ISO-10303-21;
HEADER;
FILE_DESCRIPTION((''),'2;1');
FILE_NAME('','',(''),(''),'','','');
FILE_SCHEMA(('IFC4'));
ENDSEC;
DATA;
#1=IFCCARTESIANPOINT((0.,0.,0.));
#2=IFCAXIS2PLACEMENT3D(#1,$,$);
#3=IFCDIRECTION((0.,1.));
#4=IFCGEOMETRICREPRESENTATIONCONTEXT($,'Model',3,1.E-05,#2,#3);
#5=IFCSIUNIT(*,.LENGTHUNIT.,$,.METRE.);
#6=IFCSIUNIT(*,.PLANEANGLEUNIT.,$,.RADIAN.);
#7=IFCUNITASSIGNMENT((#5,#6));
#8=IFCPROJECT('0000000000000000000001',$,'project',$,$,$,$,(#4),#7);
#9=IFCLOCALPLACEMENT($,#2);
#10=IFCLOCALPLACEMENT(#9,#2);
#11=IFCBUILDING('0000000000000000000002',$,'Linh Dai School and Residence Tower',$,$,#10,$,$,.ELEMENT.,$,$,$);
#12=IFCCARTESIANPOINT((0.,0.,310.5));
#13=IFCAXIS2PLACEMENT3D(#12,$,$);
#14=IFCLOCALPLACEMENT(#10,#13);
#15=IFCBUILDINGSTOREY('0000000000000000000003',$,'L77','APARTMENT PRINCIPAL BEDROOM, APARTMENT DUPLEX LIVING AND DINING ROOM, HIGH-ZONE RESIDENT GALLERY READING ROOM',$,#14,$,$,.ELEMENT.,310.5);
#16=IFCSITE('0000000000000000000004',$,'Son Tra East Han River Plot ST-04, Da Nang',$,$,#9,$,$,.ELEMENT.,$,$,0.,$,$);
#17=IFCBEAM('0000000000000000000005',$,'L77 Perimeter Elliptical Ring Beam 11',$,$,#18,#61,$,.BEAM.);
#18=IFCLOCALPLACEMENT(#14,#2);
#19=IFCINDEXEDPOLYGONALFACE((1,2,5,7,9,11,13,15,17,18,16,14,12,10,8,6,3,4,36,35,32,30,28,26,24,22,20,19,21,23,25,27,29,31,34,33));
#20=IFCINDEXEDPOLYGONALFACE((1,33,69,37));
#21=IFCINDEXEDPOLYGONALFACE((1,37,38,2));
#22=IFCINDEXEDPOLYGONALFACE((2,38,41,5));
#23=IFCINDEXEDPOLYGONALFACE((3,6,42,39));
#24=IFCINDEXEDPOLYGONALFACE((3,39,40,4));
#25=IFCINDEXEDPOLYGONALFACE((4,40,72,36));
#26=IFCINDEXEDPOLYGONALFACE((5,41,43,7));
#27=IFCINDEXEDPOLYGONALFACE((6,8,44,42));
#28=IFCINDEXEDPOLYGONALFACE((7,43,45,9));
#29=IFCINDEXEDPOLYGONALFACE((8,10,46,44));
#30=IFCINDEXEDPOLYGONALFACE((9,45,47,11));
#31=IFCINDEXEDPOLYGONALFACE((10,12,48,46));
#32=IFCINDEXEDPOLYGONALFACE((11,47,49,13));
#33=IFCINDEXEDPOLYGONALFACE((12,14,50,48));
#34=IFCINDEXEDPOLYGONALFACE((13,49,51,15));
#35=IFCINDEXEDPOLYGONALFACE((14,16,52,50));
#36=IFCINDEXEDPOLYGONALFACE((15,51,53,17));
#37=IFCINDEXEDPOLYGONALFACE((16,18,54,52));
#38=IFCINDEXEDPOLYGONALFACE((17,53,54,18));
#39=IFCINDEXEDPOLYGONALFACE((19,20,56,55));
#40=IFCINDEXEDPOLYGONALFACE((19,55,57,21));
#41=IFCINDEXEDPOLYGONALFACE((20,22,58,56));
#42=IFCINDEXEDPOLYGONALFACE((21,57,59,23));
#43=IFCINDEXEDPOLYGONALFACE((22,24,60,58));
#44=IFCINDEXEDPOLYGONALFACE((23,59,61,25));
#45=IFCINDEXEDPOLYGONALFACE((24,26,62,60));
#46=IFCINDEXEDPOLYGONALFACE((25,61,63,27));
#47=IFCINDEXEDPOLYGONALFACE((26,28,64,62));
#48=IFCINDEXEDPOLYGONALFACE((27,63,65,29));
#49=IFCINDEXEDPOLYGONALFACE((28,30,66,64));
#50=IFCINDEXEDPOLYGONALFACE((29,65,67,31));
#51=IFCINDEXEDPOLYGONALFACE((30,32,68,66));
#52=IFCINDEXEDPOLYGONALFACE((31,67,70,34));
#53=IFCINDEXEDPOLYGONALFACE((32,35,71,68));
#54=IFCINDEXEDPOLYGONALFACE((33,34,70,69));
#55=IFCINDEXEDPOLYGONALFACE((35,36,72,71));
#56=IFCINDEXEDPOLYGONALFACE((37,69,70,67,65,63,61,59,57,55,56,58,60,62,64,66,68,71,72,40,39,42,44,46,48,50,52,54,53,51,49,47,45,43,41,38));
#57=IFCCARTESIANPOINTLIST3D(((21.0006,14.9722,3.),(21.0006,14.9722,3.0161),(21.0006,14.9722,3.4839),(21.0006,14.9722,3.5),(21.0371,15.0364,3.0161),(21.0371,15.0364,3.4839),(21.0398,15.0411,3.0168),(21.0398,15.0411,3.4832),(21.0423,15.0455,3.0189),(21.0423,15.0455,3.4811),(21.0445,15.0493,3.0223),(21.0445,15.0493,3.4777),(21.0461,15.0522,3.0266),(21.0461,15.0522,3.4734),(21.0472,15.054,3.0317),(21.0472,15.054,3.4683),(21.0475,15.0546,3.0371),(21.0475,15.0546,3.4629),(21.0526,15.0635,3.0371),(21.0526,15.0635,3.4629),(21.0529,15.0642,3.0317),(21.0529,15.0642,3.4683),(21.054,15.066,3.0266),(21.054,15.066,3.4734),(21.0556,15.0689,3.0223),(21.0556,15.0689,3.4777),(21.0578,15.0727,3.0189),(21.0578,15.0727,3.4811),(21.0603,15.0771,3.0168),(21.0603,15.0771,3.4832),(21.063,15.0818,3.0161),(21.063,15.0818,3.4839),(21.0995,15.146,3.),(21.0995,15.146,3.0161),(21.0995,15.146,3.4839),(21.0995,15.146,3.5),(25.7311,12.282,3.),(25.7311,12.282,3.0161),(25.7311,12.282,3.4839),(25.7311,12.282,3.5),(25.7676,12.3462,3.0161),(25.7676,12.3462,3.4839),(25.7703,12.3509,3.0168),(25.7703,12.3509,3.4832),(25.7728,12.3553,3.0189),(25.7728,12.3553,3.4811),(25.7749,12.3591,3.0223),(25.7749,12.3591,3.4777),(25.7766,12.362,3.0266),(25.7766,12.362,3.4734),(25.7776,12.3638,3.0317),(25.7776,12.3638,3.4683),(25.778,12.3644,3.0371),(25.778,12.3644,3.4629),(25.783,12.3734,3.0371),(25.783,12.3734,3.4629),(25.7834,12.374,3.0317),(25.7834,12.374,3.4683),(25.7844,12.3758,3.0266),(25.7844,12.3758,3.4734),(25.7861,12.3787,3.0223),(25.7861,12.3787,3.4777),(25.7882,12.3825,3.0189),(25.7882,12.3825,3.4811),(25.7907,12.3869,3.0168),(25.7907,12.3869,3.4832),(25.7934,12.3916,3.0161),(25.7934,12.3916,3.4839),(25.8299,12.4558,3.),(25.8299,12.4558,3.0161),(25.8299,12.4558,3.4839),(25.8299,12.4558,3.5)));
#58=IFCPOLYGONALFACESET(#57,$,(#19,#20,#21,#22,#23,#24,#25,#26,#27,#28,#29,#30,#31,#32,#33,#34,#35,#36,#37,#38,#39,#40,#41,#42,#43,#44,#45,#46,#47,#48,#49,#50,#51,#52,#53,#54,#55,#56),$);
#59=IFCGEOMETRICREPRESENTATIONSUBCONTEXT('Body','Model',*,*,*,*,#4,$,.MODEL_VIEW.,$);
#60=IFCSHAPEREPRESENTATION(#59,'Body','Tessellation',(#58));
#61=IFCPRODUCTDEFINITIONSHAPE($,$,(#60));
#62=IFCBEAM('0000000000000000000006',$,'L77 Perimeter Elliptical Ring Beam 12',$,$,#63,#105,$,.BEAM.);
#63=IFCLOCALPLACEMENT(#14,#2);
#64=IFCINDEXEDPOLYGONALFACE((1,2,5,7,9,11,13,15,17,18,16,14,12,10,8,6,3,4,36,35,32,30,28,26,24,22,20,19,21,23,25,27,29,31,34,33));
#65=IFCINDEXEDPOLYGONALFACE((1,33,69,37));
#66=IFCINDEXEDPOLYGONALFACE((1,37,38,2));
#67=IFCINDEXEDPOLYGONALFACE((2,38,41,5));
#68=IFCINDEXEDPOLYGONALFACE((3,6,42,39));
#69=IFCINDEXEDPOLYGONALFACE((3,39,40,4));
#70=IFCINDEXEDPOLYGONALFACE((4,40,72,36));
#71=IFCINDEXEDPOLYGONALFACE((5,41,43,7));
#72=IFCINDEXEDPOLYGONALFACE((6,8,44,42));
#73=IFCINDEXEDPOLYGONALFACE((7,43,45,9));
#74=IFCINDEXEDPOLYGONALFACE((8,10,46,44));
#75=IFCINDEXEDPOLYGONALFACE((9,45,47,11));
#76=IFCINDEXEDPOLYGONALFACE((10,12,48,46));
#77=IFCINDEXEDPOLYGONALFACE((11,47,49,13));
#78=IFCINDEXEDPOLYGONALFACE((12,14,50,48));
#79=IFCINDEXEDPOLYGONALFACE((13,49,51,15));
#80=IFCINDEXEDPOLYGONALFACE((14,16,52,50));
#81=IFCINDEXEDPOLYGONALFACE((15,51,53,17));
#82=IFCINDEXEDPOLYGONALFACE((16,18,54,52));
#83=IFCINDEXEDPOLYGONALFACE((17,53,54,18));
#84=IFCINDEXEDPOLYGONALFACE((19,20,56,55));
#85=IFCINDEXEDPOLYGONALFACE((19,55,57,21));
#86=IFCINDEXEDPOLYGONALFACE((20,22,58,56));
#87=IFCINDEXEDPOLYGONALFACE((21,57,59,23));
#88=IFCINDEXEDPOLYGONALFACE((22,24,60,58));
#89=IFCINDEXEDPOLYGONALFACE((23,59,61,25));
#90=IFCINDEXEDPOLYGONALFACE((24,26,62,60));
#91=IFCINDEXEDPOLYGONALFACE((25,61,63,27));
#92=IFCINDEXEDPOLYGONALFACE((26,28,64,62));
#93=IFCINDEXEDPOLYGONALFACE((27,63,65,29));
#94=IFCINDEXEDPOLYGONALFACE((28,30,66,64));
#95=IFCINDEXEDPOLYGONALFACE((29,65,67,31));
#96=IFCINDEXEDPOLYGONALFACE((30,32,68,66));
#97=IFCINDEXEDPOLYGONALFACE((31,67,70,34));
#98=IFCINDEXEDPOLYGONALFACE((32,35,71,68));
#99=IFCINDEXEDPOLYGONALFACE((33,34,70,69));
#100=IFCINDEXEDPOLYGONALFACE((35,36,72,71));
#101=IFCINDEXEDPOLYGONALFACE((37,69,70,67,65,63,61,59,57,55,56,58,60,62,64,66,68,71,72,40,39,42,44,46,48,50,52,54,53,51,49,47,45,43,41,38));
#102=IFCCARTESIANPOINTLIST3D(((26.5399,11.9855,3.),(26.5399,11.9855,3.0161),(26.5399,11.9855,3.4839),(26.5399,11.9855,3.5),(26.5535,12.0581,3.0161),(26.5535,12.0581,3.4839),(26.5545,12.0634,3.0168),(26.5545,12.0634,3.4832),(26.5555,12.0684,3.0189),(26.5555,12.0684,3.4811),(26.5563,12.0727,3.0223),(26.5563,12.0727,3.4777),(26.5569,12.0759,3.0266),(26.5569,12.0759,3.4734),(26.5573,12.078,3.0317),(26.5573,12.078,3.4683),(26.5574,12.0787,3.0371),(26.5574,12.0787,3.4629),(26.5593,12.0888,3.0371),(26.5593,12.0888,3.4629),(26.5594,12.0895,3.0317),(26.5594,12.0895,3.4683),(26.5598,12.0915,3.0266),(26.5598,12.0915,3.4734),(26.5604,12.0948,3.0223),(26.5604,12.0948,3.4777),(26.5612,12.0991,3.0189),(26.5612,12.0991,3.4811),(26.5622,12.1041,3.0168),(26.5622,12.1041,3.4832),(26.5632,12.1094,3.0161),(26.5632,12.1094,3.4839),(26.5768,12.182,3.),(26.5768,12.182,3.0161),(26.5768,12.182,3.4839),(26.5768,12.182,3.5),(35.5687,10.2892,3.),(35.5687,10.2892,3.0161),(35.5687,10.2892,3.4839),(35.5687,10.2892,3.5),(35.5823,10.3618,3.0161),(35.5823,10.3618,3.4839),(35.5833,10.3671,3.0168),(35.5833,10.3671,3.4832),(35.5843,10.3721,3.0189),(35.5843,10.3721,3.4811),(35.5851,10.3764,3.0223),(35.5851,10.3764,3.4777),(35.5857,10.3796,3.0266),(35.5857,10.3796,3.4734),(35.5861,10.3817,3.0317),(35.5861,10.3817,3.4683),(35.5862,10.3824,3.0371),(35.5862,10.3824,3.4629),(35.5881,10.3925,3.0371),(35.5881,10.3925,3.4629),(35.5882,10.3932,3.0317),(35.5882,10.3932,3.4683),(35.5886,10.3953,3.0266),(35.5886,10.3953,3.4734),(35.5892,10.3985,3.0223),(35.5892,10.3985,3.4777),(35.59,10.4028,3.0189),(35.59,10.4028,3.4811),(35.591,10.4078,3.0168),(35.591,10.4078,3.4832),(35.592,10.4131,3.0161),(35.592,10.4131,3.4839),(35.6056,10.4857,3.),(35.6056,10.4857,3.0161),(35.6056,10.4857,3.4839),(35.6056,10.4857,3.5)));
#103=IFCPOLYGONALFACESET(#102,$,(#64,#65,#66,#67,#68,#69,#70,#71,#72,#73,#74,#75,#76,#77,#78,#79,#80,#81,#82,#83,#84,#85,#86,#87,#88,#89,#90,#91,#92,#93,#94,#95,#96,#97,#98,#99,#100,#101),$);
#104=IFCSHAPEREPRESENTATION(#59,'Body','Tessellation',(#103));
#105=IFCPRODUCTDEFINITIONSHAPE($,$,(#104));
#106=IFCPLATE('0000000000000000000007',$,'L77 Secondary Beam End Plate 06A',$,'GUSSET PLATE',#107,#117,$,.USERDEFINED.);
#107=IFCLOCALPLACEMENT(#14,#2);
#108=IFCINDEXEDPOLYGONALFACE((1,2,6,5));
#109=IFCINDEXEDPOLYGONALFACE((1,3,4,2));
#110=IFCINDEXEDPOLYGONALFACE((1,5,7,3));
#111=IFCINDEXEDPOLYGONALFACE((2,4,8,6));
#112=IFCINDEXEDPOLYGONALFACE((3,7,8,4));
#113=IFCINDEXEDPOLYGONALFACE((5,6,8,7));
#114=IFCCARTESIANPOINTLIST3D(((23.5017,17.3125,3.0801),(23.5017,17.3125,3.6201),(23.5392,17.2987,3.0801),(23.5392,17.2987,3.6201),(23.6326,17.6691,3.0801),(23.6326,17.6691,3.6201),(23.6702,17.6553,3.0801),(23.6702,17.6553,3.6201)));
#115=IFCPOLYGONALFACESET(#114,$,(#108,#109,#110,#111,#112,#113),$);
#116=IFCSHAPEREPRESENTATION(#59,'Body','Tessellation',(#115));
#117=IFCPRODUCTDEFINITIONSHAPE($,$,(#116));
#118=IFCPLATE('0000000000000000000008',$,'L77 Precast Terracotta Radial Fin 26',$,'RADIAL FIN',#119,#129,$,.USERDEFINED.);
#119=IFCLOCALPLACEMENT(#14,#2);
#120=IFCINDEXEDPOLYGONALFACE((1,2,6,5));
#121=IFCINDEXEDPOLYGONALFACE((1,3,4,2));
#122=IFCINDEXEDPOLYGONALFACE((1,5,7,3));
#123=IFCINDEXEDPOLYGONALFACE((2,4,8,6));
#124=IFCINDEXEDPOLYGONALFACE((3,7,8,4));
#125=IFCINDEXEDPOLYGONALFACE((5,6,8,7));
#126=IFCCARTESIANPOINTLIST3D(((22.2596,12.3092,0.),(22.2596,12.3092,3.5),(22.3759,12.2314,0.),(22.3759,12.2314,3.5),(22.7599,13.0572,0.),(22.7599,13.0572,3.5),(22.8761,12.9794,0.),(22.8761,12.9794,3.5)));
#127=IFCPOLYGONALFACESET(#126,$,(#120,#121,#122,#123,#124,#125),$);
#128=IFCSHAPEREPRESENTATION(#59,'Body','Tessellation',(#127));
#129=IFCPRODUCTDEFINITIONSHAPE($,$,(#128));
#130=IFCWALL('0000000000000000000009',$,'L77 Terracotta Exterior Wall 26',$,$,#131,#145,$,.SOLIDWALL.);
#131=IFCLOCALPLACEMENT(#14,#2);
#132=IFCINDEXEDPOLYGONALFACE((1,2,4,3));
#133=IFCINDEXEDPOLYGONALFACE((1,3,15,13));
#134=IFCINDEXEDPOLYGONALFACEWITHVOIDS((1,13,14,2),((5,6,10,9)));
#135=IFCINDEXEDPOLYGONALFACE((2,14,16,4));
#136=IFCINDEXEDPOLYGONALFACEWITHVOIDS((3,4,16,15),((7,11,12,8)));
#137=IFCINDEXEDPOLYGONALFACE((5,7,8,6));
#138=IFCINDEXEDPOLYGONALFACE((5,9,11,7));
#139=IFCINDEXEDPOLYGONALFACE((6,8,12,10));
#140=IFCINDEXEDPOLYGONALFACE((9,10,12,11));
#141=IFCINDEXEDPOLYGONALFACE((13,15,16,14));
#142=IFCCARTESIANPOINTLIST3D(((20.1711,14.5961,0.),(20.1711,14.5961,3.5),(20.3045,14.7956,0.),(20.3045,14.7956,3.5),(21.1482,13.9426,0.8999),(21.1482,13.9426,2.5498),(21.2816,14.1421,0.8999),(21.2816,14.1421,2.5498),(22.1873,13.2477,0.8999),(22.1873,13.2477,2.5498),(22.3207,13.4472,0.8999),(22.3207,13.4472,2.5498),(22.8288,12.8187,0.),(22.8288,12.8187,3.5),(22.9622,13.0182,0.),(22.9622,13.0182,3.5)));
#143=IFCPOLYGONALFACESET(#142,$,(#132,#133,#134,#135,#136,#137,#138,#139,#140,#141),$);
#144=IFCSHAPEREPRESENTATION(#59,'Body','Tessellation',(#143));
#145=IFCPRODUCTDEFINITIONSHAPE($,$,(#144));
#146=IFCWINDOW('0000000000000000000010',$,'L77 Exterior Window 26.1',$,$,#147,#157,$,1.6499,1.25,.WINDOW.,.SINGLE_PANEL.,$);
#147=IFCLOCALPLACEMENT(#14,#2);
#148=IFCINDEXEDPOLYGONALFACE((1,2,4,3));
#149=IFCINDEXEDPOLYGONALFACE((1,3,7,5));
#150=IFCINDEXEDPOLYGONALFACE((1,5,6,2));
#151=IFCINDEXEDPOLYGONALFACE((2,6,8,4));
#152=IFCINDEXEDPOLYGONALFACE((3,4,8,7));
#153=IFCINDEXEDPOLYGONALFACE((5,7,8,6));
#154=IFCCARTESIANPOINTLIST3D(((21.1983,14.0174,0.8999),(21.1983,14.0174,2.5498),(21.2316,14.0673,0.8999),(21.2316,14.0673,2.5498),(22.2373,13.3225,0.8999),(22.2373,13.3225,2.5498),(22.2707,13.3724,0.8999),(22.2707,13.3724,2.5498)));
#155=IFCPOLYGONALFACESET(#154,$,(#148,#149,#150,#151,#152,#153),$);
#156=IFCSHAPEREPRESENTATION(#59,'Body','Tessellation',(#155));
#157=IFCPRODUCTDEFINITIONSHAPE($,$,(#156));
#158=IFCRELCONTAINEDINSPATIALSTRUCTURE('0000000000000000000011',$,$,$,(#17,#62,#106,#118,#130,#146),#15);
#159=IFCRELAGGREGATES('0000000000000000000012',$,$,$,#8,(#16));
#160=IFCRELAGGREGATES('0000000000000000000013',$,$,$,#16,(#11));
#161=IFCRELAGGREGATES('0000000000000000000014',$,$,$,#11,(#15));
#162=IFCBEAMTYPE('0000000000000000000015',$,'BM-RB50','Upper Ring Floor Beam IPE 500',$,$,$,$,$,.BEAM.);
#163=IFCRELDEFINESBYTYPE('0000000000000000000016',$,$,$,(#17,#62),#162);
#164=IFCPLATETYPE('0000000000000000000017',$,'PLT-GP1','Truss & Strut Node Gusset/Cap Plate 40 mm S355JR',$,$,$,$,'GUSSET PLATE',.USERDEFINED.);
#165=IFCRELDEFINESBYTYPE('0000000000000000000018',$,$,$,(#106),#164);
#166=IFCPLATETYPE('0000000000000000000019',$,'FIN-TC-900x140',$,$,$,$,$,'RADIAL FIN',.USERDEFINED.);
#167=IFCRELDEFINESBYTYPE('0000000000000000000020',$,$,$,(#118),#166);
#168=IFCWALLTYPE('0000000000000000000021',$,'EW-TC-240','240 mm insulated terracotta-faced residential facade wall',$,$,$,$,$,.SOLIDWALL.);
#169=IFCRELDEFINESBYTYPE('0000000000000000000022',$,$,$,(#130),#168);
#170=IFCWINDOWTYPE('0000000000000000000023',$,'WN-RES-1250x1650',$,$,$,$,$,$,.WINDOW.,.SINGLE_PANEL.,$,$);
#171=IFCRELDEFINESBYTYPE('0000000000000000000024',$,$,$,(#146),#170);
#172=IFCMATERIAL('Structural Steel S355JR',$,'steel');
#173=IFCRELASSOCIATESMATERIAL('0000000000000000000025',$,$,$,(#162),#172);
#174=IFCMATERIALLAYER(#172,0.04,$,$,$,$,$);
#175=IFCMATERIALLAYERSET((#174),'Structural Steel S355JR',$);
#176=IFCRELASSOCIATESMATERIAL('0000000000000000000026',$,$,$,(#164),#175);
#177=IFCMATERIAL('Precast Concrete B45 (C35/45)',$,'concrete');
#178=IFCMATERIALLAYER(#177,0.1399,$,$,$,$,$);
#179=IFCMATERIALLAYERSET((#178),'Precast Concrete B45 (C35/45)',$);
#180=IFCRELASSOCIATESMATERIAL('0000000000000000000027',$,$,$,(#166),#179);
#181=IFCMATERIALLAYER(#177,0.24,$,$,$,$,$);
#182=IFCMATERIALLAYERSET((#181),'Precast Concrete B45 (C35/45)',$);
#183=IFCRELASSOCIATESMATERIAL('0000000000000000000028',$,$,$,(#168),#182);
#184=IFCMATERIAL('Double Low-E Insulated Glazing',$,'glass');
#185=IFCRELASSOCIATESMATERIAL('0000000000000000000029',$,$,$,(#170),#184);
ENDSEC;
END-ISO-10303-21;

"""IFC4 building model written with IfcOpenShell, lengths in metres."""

from ifc_helpers import new_model, si_unit, direction, frame, frame_2d, origin, origin_2d, place, context, subcontext, project, spatial, rectangle, i_section, extrude, source, transform, mapped, material, layer, layer_set, material_profile, profile_set, type_object, element, fill, save


model = new_model("IFC4")

# Units and contexts
model_context = context("Model", 3, precision=1e-05, world=origin(), true_north=direction((0.0, 1.0)))
body_context = subcontext(model_context, "Body", "Model", "MODEL_VIEW")
ifc_project = project(units=[si_unit("LENGTHUNIT", "METRE"), si_unit("PLANEANGLEUNIT", "RADIAN")], contexts=[model_context])

# Site, building, storey
site_placement = place(None, origin())
site = spatial("IfcSite", under=ifc_project, at=site_placement, Name="Son Tra East Han River Plot ST-04, Da Nang", CompositionType="ELEMENT", RefElevation=0.0)
building_placement = place(site_placement, origin())
building = spatial("IfcBuilding", under=site, at=building_placement, Name="Linh Dai School and Residence Tower", CompositionType="ELEMENT")
storey_placement = place(building_placement, frame((0.0, 0.0, 310.5)))
storey = spatial("IfcBuildingStorey", under=building, at=storey_placement, Name="L77", Description="APARTMENT PRINCIPAL BEDROOM, APARTMENT DUPLEX LIVING AND DINING ROOM, HIGH-ZONE RESIDENT GALLERY READING ROOM", CompositionType="ELEMENT", Elevation=310.5)

# Shared definitions
ifc_material_1 = material(Name="Structural Steel S355JR", Category="steel")

# Beams
ifc_material_profile_1 = material_profile(ifc_material_1, i_section(OverallWidth=0.2, OverallDepth=0.5, WebThickness=0.0103, FlangeThickness=0.0161, FilletRadius=0.021, at=origin_2d()), Name="IPE 500")
ifc_profile_set_1 = profile_set([ifc_material_profile_1], Name="Structural Steel S355JR")
beam_type_1 = type_object("IfcBeamType", Name="BM-RB50", Description="Upper Ring Floor Beam IPE 500", PredefinedType="BEAM", material=ifc_profile_set_1)
beam_1_placement = place(storey_placement, frame((21.05, 15.0591, 3.25), z_axis=(0.869266, -0.494345, 0.0), x_axis=(0.494345, 0.869266, 0.0)))
element("IfcBeam", 1, at=beam_1_placement, inside=storey, type_object=beam_type_1, Name="L77 Perimeter Elliptical Ring Beam 11", PredefinedType="BEAM", context=body_context, shape_type="SweptSolid", body=[
    extrude(i_section(OverallWidth=0.2, OverallDepth=0.5, WebThickness=0.0103, FlangeThickness=0.0161, FilletRadius=0.021, at=origin_2d()), origin(), (0.0, 0.0, 1.0), 5.4419),
])
beam_2_placement = place(storey_placement, frame((26.5583, 12.0837, 3.25), z_axis=(0.982805, -0.184645, 0.0), x_axis=(0.184645, 0.982805, 0.0)))
element("IfcBeam", 2, at=beam_2_placement, inside=storey, type_object=beam_type_1, Name="L77 Perimeter Elliptical Ring Beam 12", PredefinedType="BEAM", context=body_context, shape_type="SweptSolid", body=[
    extrude(i_section(OverallWidth=0.2, OverallDepth=0.5, WebThickness=0.0103, FlangeThickness=0.0161, FilletRadius=0.021, at=origin_2d()), origin(), (0.0, 0.0, 1.0), 9.1868),
])

# Plates
ifc_layer_1 = layer(ifc_material_1, 0.04)
ifc_layer_set_1 = layer_set([ifc_layer_1], Name="Structural Steel S355JR")
plate_type_1 = type_object("IfcPlateType", Name="PLT-GP1", Description="Truss & Strut Node Gusset/Cap Plate 40 mm S355JR", ElementType="GUSSET PLATE", PredefinedType="USERDEFINED", material=ifc_layer_set_1)
shared_shape_1 = source(origin(), body_context, "Body", "SweptSolid", [
    extrude(rectangle(XDim=0.04, YDim=0.3799, at=origin_2d()), origin(), (0.0, 0.0, 1.0), 0.54),
])
plate_1_placement = place(storey_placement, frame((23.5859, 17.4839, 3.0801), z_axis=(0.0, 0.0, 1.0), x_axis=(0.938695, -0.344748, 0.0)))
element("IfcPlate", 3, at=plate_1_placement, inside=storey, type_object=plate_type_1, Name="L77 Secondary Beam End Plate 06A", ObjectType="GUSSET PLATE", PredefinedType="USERDEFINED", context=body_context, shape_type="MappedRepresentation", body=[
    mapped(shared_shape_1, transform((0.0, 0.0, 0.0), x_axis=(1.0, 0.0, 0.0), y_axis=(0.0, 1.0, 0.0), z_axis=(0.0, 0.0, 1.0), scale=1.0)),
])
ifc_material_2 = material(Name="Precast Concrete B45 (C35/45)", Category="concrete")
ifc_layer_2 = layer(ifc_material_2, 0.1399)
ifc_layer_set_2 = layer_set([ifc_layer_2], Name="Precast Concrete B45 (C35/45)")
plate_type_2 = type_object("IfcPlateType", Name="FIN-TC-900x140", ElementType="RADIAL FIN", PredefinedType="USERDEFINED", material=ifc_layer_set_2)
shared_shape_2 = source(origin(), body_context, "Body", "SweptSolid", [
    extrude(rectangle(XDim=0.8999, YDim=0.1399, at=origin_2d()), origin(), (0.0, 0.0, 1.0), 3.5),
])
plate_2_placement = place(storey_placement, frame((22.5679, 12.6443, 0.0), z_axis=(0.0, 0.0, 1.0), x_axis=(-0.555906, -0.831245, 0.0)))
element("IfcPlate", 4, at=plate_2_placement, inside=storey, type_object=plate_type_2, Name="L77 Precast Terracotta Radial Fin 26", ObjectType="RADIAL FIN", PredefinedType="USERDEFINED", context=body_context, shape_type="MappedRepresentation", body=[
    mapped(shared_shape_2, transform((0.0, 0.0, 0.0), x_axis=(1.0, 0.0, 0.0), y_axis=(0.0, 1.0, 0.0), z_axis=(0.0, 0.0, 1.0), scale=1.0)),
])

# Wall, opening, window
ifc_layer_3 = layer(ifc_material_2, 0.24)
ifc_layer_set_3 = layer_set([ifc_layer_3], Name="Precast Concrete B45 (C35/45)")
wall_type_1 = type_object("IfcWallType", Name="EW-TC-240", Description="240 mm insulated terracotta-faced residential facade wall", PredefinedType="SOLIDWALL", material=ifc_layer_set_3)
wall_1_placement = place(storey_placement, frame((22.8955, 12.9185, 0.0), z_axis=(0.0, 0.0, 1.0), x_axis=(-0.831251, 0.555898, 0.0)))
wall_1 = element("IfcWall", 5, at=wall_1_placement, inside=storey, type_object=wall_type_1, Name="L77 Terracotta Exterior Wall 26", PredefinedType="SOLIDWALL", context=body_context, shape_type="SweptSolid", body=[
    extrude(rectangle(XDim=3.1973, YDim=0.24, at=frame_2d((1.5986, 0.0))), origin(), (0.0, 0.0, 1.0), 3.5),
])
opening_1_placement = place(wall_1_placement, frame((0.7717, 0.0, 0.8999)))
opening_1 = element("IfcOpeningElement", 6, at=opening_1_placement, cuts=wall_1, PredefinedType="OPENING", context=body_context, shape_type="SweptSolid", body=[
    extrude(rectangle(XDim=1.25, YDim=1.6499, at=origin_2d()), frame((0.625, 0.1299, 0.825), z_axis=(0.0, -1.0, 0.0), x_axis=(1.0, 0.0, 0.0)), (0.0, 0.0, 1.0), 0.26),
])
ifc_material_3 = material(Name="Double Low-E Insulated Glazing", Category="glass")
window_type_1 = type_object("IfcWindowType", Name="WN-RES-1250x1650", PartitioningType="SINGLE_PANEL", PredefinedType="WINDOW", material=ifc_material_3)
shared_shape_3 = source(origin(), body_context, "Body", "SweptSolid", [
    extrude(rectangle(XDim=1.25, YDim=1.6499, at=origin_2d()), frame((0.625, 0.03, 0.825), z_axis=(0.0, -1.0, 0.0), x_axis=(1.0, 0.0, 0.0)), (0.0, 0.0, 1.0), 0.0601),
])
window_1_placement = place(opening_1_placement, origin())
window_1 = element("IfcWindow", 7, at=window_1_placement, inside=storey, type_object=window_type_1, Name="L77 Exterior Window 26.1", OverallHeight=1.6499, OverallWidth=1.25, PartitioningType="SINGLE_PANEL", PredefinedType="WINDOW", context=body_context, shape_type="MappedRepresentation", body=[
    mapped(shared_shape_3, transform((0.0, 0.0, 0.0), x_axis=(1.0, 0.0, 0.0), y_axis=(0.0, 1.0, 0.0), z_axis=(0.0, 0.0, 1.0), scale=1.0)),
])
fill(opening_1, window_1)

save(model, "model.ifc")
